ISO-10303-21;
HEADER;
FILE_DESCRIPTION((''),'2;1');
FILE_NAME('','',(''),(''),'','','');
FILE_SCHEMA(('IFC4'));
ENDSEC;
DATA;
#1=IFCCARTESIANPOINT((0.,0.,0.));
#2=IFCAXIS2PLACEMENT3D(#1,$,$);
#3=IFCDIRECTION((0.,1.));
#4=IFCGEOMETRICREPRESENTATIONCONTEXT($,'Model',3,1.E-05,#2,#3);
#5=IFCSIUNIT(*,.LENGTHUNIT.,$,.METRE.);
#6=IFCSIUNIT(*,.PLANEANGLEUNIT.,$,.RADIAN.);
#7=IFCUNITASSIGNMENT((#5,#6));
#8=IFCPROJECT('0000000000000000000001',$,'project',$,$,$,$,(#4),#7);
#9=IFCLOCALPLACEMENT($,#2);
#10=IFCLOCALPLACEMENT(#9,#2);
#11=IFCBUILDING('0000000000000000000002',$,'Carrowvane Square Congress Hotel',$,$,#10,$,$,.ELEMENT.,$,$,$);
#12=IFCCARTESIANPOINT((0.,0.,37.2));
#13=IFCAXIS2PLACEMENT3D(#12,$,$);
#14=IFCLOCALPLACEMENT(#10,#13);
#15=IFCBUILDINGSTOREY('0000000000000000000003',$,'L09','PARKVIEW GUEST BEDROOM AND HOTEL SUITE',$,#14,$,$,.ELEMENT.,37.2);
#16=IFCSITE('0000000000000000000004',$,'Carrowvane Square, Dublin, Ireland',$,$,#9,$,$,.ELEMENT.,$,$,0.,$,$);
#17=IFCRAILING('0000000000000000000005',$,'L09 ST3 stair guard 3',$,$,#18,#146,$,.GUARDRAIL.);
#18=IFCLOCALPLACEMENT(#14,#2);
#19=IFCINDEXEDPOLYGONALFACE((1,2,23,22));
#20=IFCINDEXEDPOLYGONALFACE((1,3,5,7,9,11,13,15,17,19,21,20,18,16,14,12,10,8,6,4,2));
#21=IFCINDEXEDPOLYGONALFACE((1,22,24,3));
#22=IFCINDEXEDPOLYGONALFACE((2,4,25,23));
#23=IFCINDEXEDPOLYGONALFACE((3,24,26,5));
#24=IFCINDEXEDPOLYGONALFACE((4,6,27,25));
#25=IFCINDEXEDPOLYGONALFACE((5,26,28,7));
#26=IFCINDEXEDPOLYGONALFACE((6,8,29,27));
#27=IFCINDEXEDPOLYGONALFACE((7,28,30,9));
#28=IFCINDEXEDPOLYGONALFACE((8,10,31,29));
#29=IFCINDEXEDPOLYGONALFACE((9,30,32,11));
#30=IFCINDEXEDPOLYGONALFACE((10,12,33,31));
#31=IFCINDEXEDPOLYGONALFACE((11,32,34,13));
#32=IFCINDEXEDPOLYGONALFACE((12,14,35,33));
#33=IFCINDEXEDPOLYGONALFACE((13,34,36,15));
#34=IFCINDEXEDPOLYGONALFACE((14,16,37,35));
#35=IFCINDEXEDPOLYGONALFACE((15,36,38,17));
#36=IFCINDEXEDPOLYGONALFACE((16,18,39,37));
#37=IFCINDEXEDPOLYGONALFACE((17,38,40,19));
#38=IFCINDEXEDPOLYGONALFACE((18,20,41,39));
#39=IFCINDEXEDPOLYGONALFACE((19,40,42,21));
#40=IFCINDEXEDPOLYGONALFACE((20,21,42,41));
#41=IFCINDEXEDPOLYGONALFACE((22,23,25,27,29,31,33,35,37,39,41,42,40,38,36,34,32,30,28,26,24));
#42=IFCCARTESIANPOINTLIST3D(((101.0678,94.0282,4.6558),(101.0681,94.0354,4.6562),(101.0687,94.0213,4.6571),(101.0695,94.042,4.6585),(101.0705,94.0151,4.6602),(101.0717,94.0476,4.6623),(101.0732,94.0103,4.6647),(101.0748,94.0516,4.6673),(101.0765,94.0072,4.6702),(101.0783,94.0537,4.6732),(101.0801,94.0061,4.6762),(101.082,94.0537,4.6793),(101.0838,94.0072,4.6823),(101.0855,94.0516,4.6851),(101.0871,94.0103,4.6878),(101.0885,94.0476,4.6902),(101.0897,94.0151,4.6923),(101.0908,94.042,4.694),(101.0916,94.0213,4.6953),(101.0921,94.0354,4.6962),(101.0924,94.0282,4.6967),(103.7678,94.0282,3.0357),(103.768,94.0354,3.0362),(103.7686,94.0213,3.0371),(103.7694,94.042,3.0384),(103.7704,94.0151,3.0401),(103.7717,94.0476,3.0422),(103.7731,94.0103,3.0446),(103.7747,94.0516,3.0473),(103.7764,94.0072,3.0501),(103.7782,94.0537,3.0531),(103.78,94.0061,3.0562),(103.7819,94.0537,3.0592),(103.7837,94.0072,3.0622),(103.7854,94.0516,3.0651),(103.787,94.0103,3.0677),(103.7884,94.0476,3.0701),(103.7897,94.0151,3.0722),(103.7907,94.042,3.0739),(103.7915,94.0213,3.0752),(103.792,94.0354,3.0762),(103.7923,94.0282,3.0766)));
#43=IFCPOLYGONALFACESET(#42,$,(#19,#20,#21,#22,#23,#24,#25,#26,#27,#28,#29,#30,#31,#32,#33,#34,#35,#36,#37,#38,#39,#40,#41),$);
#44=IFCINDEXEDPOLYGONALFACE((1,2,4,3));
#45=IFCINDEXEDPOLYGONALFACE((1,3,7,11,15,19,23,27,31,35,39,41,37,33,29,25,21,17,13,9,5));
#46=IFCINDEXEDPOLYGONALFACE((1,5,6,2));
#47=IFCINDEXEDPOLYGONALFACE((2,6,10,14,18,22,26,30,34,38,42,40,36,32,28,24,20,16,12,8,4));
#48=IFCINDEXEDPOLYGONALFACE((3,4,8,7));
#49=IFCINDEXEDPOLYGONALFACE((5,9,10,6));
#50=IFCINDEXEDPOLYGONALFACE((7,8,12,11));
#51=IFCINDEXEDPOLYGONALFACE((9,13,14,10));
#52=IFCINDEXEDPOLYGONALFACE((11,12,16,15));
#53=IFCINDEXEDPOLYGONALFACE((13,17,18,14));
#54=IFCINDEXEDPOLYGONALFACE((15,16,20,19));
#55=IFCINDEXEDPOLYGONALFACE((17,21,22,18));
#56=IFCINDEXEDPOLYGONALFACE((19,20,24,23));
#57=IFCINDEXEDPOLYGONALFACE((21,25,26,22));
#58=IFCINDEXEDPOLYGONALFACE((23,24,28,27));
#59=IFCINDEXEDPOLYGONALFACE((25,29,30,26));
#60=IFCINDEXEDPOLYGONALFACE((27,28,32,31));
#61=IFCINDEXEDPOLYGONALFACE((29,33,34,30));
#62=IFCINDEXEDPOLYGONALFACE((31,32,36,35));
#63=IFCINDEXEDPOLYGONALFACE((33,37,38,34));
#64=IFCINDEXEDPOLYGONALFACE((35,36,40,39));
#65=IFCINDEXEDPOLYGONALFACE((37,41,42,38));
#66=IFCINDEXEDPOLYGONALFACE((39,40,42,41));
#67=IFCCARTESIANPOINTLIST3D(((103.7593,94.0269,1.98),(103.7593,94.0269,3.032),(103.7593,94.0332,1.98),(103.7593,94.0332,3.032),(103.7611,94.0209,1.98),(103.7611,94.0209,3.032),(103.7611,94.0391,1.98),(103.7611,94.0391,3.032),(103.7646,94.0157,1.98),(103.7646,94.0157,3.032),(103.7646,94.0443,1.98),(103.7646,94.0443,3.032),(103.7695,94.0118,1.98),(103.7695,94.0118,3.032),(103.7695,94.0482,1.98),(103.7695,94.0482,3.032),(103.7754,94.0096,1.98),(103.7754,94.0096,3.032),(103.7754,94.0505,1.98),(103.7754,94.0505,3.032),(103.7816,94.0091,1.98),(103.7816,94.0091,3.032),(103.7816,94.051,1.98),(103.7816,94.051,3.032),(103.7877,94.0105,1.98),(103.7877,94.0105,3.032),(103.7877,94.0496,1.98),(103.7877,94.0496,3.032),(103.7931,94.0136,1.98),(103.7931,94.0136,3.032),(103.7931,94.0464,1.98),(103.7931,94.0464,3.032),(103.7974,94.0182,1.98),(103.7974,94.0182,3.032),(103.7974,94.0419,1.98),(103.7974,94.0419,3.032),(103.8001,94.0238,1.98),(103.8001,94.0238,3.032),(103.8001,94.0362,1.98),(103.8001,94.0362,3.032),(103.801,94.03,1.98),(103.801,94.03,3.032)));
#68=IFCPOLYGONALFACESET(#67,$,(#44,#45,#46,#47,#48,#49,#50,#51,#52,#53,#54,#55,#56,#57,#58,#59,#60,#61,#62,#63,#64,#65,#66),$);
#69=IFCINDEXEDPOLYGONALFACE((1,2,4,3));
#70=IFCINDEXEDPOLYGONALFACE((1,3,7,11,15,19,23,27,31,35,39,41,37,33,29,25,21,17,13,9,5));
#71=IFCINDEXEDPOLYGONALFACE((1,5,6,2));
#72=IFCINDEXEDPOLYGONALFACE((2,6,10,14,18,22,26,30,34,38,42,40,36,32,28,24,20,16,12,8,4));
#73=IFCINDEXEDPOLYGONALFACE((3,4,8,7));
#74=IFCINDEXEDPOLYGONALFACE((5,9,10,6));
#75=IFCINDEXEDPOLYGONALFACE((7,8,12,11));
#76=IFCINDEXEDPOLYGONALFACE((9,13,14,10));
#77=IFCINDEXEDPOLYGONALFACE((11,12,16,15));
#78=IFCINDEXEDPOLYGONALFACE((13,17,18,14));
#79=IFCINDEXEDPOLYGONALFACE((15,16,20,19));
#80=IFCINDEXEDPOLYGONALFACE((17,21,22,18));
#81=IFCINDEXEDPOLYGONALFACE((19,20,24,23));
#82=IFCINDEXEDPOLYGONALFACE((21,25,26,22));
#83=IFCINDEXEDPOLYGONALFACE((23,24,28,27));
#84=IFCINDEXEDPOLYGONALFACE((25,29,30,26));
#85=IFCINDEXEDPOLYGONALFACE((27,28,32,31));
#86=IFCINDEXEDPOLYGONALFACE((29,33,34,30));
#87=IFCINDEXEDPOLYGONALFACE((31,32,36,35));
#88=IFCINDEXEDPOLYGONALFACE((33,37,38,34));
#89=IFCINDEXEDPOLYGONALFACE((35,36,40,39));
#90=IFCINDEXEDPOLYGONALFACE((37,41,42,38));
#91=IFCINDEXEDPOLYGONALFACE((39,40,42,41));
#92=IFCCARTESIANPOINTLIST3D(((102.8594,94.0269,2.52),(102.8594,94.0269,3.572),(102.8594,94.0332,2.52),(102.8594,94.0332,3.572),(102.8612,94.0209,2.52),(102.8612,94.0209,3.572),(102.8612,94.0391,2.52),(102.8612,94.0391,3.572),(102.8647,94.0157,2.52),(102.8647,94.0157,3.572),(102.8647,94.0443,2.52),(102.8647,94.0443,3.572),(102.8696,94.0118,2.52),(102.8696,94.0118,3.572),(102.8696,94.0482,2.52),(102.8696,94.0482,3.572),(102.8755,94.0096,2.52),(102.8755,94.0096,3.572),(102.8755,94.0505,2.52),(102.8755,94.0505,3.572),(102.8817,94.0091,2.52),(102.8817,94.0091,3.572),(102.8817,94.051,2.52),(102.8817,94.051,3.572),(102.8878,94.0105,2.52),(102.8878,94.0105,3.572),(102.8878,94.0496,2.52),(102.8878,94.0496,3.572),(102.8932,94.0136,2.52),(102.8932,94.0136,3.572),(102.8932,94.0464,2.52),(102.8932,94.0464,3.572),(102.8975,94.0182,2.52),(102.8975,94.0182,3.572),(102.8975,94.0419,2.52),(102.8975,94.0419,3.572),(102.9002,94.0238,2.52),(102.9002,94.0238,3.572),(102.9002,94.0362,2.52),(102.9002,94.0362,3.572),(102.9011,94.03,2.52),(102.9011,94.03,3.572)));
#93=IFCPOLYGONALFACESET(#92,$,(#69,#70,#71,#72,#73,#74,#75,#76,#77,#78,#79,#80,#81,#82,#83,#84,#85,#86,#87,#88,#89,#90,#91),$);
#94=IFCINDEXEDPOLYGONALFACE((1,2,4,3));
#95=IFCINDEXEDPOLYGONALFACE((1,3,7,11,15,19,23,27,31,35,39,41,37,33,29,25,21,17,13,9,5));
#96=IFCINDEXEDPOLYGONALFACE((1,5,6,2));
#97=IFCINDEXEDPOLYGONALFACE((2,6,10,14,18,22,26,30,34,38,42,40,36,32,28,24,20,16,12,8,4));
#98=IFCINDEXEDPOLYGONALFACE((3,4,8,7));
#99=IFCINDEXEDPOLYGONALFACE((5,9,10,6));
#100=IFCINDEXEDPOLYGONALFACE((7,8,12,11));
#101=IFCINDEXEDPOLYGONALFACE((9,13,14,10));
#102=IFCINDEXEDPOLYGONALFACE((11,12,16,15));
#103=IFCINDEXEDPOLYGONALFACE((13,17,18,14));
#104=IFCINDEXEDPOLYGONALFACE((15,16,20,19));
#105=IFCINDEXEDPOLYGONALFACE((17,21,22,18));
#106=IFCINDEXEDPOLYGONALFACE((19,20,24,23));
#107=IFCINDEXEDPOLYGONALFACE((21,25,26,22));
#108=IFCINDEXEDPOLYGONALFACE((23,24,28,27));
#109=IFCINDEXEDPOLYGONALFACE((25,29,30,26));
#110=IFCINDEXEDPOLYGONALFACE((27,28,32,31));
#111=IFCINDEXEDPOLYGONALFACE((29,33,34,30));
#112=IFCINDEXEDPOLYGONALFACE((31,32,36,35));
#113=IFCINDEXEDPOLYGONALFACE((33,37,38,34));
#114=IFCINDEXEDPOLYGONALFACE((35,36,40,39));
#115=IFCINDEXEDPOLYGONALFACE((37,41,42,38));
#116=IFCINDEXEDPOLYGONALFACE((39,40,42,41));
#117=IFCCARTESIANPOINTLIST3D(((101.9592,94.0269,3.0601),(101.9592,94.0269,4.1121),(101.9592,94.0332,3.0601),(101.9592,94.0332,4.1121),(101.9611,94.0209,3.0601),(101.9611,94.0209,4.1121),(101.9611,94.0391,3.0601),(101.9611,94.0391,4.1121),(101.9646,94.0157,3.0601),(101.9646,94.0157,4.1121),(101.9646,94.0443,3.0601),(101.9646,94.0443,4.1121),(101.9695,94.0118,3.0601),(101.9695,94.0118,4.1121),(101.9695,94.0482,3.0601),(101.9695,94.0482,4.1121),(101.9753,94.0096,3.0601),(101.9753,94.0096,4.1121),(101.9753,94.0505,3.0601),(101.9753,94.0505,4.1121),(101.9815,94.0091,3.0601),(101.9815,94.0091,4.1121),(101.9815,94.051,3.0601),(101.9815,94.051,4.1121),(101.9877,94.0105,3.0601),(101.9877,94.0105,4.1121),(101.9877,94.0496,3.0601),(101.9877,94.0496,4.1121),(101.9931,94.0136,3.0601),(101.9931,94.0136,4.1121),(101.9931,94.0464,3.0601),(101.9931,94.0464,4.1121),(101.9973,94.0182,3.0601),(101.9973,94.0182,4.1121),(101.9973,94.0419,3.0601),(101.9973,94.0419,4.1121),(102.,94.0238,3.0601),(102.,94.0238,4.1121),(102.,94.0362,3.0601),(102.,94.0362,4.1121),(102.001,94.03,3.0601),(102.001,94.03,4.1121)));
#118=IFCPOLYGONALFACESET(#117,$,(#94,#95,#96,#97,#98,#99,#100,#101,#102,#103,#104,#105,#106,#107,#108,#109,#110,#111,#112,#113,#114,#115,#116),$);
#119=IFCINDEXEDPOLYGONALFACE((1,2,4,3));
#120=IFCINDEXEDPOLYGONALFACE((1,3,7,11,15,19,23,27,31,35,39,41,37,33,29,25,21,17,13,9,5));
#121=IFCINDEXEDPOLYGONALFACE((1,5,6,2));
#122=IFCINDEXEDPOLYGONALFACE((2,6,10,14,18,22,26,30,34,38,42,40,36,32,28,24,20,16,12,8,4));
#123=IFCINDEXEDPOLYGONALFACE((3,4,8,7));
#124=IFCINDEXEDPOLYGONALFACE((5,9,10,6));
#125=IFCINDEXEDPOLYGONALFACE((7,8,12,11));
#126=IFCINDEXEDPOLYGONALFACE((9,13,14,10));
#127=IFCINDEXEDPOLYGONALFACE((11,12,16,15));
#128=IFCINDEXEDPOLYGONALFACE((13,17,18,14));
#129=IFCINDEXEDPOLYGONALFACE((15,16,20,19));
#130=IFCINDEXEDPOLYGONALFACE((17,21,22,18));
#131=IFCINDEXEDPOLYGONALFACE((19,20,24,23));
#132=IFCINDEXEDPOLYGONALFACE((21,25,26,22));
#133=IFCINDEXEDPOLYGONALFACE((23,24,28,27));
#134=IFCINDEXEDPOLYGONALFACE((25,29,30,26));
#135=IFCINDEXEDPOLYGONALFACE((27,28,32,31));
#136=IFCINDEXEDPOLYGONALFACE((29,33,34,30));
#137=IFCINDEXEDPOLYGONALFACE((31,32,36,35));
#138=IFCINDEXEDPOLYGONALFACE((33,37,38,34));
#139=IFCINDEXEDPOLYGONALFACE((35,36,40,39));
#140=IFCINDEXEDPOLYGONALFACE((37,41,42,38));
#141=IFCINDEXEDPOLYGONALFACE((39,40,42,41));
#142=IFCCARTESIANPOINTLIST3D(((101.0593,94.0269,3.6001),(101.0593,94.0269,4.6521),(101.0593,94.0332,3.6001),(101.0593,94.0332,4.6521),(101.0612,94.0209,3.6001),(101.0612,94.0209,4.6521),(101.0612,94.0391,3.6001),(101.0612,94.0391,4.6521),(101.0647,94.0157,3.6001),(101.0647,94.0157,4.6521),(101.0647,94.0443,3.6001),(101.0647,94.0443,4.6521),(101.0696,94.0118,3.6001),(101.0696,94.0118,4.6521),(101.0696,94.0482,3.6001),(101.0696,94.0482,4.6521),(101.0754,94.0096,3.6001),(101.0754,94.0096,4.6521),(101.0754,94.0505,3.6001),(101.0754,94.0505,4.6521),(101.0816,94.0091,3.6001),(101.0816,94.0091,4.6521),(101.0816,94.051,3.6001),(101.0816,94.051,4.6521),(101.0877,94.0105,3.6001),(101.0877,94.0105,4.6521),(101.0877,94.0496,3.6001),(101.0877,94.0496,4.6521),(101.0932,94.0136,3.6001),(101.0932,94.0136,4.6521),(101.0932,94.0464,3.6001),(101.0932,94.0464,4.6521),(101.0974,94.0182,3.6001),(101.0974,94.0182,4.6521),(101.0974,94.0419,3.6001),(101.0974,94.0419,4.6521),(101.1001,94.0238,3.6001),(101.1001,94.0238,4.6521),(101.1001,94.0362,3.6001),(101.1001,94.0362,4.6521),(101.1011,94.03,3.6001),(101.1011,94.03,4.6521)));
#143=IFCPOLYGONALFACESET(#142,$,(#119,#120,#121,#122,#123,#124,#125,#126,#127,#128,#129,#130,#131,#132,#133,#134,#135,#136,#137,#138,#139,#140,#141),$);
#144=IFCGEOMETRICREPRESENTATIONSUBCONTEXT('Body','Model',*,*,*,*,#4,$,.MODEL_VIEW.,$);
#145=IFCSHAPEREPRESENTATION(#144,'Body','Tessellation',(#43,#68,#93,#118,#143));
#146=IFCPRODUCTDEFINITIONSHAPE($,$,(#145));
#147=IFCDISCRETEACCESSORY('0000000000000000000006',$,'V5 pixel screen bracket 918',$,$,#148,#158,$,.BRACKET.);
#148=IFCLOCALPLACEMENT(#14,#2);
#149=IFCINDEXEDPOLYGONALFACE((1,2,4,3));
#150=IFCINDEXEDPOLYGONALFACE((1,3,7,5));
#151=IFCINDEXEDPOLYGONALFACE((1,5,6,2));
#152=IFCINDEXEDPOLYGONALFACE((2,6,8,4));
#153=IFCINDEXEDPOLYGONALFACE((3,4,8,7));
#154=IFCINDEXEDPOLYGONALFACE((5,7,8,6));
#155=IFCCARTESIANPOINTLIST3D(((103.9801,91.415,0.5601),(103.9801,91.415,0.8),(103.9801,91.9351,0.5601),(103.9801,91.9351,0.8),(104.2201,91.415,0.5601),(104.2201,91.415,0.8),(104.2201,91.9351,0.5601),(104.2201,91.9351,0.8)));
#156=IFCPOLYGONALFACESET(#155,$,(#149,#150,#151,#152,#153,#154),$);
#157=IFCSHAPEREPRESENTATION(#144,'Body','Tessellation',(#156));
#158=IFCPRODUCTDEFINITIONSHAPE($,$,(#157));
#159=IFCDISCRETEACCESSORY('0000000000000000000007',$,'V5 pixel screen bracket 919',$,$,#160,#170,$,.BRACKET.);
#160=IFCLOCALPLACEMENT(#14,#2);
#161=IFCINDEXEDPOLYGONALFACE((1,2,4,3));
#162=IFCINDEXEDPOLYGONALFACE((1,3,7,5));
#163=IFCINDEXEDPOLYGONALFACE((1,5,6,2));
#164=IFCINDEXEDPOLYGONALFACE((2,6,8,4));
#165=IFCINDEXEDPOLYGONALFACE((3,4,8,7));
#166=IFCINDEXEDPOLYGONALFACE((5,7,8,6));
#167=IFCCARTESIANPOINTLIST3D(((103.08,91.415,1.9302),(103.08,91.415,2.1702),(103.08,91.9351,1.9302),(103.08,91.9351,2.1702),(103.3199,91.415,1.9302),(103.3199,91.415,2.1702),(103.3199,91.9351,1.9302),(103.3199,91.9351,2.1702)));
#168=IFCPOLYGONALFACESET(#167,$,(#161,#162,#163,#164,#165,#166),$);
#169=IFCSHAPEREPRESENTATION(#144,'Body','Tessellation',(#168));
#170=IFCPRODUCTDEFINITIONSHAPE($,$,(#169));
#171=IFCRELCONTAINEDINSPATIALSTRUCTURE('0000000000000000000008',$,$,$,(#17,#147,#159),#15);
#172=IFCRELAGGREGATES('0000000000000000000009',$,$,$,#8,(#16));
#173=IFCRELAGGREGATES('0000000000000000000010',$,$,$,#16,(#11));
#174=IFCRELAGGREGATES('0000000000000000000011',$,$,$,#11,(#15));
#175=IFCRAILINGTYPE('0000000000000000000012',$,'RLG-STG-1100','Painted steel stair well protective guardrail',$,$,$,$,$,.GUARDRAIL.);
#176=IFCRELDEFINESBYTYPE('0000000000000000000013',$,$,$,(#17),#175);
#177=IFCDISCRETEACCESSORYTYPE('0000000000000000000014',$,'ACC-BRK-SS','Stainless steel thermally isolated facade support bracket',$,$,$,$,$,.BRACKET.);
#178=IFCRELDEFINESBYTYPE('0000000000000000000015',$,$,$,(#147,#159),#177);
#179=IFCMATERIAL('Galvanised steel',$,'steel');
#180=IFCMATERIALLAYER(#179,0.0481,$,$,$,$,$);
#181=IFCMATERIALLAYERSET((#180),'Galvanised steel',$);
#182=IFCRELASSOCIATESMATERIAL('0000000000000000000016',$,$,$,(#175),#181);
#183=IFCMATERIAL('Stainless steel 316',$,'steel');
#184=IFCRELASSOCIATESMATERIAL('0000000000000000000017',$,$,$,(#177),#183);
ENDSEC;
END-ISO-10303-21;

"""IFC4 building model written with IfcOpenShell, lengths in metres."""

from ifc_helpers import new_model, si_unit, direction, frame, origin, origin_2d, place, context, subcontext, project, spatial, rectangle, circle, extrude, material, layer, layer_set, type_object, element, save


model = new_model("IFC4")

# Units and contexts
model_context = context("Model", 3, precision=1e-05, world=origin(), true_north=direction((0.0, 1.0)))
body_context = subcontext(model_context, "Body", "Model", "MODEL_VIEW")
ifc_project = project(units=[si_unit("LENGTHUNIT", "METRE"), si_unit("PLANEANGLEUNIT", "RADIAN")], contexts=[model_context])

# Site, building, storey
site_placement = place(None, origin())
site = spatial("IfcSite", under=ifc_project, at=site_placement, Name="Carrowvane Square, Dublin, Ireland", CompositionType="ELEMENT", RefElevation=0.0)
building_placement = place(site_placement, origin())
building = spatial("IfcBuilding", under=site, at=building_placement, Name="Carrowvane Square Congress Hotel", CompositionType="ELEMENT")
storey_placement = place(building_placement, frame((0.0, 0.0, 37.2)))
storey = spatial("IfcBuildingStorey", under=building, at=storey_placement, Name="L09", Description="PARKVIEW GUEST BEDROOM AND HOTEL SUITE", CompositionType="ELEMENT", Elevation=37.2)

# Railing
ifc_material_1 = material(Name="Galvanised steel", Category="steel")
ifc_layer_1 = layer(ifc_material_1, 0.0481)
ifc_layer_set_1 = layer_set([ifc_layer_1], Name="Galvanised steel")
railing_type_1 = type_object("IfcRailingType", Name="RLG-STG-1100", Description="Painted steel stair well protective guardrail", PredefinedType="GUARDRAIL", material=ifc_layer_set_1)
railing_1_placement = place(storey_placement, frame((103.78, 94.03, 1.98)))
element("IfcRailing", 1, at=railing_1_placement, inside=storey, type_object=railing_type_1, Name="L09 ST3 stair guard 3", PredefinedType="GUARDRAIL", context=body_context, shape_type="SweptSolid", body=[
    extrude(circle(Radius=0.0239, at=origin_2d()), frame((0.0, 0.0, 1.0762), z_axis=(-0.857472, 0.0, 0.51453), x_axis=(0.0, -1.0, 0.0)), (0.0, 0.0, 1.0), 3.1487),
    extrude(circle(Radius=0.021, at=origin_2d()), origin(), (0.0, 0.0, 1.0), 1.052),
    extrude(circle(Radius=0.021, at=origin_2d()), frame((-0.8999, 0.0, 0.54)), (0.0, 0.0, 1.0), 1.052),
    extrude(circle(Radius=0.021, at=origin_2d()), frame((-1.8, 0.0, 1.0801)), (0.0, 0.0, 1.0), 1.052),
    extrude(circle(Radius=0.021, at=origin_2d()), frame((-2.7, 0.0, 1.6201)), (0.0, 0.0, 1.0), 1.052),
])

# Discrete accessories
ifc_material_2 = material(Name="Stainless steel 316", Category="steel")
discrete_accessory_type = type_object("IfcDiscreteAccessoryType", Name="ACC-BRK-SS", Description="Stainless steel thermally isolated facade support bracket", PredefinedType="BRACKET", material=ifc_material_2)
for number, where, z_axis, x_axis, name in (
    (2, (104.1001, 91.675, 0.5601), (0.0, 0.0, 1.0), (-1.0, 0.0, 0.0), "V5 pixel screen bracket 918"),
    (3, (103.2, 91.675, 1.9302), (0.0, 0.0, 1.0), (-1.0, 0.0, 0.0), "V5 pixel screen bracket 919"),
):
    element("IfcDiscreteAccessory", number, at=place(storey_placement, frame(where, z_axis=z_axis, x_axis=x_axis)), inside=storey, type_object=discrete_accessory_type, Name=name, PredefinedType="BRACKET", context=body_context, shape_type="SweptSolid", body=[
        extrude(rectangle(XDim=0.24, YDim=0.52, at=origin_2d()), origin(), (0.0, 0.0, 1.0), 0.24),
    ])

save(model, "model.ifc")
